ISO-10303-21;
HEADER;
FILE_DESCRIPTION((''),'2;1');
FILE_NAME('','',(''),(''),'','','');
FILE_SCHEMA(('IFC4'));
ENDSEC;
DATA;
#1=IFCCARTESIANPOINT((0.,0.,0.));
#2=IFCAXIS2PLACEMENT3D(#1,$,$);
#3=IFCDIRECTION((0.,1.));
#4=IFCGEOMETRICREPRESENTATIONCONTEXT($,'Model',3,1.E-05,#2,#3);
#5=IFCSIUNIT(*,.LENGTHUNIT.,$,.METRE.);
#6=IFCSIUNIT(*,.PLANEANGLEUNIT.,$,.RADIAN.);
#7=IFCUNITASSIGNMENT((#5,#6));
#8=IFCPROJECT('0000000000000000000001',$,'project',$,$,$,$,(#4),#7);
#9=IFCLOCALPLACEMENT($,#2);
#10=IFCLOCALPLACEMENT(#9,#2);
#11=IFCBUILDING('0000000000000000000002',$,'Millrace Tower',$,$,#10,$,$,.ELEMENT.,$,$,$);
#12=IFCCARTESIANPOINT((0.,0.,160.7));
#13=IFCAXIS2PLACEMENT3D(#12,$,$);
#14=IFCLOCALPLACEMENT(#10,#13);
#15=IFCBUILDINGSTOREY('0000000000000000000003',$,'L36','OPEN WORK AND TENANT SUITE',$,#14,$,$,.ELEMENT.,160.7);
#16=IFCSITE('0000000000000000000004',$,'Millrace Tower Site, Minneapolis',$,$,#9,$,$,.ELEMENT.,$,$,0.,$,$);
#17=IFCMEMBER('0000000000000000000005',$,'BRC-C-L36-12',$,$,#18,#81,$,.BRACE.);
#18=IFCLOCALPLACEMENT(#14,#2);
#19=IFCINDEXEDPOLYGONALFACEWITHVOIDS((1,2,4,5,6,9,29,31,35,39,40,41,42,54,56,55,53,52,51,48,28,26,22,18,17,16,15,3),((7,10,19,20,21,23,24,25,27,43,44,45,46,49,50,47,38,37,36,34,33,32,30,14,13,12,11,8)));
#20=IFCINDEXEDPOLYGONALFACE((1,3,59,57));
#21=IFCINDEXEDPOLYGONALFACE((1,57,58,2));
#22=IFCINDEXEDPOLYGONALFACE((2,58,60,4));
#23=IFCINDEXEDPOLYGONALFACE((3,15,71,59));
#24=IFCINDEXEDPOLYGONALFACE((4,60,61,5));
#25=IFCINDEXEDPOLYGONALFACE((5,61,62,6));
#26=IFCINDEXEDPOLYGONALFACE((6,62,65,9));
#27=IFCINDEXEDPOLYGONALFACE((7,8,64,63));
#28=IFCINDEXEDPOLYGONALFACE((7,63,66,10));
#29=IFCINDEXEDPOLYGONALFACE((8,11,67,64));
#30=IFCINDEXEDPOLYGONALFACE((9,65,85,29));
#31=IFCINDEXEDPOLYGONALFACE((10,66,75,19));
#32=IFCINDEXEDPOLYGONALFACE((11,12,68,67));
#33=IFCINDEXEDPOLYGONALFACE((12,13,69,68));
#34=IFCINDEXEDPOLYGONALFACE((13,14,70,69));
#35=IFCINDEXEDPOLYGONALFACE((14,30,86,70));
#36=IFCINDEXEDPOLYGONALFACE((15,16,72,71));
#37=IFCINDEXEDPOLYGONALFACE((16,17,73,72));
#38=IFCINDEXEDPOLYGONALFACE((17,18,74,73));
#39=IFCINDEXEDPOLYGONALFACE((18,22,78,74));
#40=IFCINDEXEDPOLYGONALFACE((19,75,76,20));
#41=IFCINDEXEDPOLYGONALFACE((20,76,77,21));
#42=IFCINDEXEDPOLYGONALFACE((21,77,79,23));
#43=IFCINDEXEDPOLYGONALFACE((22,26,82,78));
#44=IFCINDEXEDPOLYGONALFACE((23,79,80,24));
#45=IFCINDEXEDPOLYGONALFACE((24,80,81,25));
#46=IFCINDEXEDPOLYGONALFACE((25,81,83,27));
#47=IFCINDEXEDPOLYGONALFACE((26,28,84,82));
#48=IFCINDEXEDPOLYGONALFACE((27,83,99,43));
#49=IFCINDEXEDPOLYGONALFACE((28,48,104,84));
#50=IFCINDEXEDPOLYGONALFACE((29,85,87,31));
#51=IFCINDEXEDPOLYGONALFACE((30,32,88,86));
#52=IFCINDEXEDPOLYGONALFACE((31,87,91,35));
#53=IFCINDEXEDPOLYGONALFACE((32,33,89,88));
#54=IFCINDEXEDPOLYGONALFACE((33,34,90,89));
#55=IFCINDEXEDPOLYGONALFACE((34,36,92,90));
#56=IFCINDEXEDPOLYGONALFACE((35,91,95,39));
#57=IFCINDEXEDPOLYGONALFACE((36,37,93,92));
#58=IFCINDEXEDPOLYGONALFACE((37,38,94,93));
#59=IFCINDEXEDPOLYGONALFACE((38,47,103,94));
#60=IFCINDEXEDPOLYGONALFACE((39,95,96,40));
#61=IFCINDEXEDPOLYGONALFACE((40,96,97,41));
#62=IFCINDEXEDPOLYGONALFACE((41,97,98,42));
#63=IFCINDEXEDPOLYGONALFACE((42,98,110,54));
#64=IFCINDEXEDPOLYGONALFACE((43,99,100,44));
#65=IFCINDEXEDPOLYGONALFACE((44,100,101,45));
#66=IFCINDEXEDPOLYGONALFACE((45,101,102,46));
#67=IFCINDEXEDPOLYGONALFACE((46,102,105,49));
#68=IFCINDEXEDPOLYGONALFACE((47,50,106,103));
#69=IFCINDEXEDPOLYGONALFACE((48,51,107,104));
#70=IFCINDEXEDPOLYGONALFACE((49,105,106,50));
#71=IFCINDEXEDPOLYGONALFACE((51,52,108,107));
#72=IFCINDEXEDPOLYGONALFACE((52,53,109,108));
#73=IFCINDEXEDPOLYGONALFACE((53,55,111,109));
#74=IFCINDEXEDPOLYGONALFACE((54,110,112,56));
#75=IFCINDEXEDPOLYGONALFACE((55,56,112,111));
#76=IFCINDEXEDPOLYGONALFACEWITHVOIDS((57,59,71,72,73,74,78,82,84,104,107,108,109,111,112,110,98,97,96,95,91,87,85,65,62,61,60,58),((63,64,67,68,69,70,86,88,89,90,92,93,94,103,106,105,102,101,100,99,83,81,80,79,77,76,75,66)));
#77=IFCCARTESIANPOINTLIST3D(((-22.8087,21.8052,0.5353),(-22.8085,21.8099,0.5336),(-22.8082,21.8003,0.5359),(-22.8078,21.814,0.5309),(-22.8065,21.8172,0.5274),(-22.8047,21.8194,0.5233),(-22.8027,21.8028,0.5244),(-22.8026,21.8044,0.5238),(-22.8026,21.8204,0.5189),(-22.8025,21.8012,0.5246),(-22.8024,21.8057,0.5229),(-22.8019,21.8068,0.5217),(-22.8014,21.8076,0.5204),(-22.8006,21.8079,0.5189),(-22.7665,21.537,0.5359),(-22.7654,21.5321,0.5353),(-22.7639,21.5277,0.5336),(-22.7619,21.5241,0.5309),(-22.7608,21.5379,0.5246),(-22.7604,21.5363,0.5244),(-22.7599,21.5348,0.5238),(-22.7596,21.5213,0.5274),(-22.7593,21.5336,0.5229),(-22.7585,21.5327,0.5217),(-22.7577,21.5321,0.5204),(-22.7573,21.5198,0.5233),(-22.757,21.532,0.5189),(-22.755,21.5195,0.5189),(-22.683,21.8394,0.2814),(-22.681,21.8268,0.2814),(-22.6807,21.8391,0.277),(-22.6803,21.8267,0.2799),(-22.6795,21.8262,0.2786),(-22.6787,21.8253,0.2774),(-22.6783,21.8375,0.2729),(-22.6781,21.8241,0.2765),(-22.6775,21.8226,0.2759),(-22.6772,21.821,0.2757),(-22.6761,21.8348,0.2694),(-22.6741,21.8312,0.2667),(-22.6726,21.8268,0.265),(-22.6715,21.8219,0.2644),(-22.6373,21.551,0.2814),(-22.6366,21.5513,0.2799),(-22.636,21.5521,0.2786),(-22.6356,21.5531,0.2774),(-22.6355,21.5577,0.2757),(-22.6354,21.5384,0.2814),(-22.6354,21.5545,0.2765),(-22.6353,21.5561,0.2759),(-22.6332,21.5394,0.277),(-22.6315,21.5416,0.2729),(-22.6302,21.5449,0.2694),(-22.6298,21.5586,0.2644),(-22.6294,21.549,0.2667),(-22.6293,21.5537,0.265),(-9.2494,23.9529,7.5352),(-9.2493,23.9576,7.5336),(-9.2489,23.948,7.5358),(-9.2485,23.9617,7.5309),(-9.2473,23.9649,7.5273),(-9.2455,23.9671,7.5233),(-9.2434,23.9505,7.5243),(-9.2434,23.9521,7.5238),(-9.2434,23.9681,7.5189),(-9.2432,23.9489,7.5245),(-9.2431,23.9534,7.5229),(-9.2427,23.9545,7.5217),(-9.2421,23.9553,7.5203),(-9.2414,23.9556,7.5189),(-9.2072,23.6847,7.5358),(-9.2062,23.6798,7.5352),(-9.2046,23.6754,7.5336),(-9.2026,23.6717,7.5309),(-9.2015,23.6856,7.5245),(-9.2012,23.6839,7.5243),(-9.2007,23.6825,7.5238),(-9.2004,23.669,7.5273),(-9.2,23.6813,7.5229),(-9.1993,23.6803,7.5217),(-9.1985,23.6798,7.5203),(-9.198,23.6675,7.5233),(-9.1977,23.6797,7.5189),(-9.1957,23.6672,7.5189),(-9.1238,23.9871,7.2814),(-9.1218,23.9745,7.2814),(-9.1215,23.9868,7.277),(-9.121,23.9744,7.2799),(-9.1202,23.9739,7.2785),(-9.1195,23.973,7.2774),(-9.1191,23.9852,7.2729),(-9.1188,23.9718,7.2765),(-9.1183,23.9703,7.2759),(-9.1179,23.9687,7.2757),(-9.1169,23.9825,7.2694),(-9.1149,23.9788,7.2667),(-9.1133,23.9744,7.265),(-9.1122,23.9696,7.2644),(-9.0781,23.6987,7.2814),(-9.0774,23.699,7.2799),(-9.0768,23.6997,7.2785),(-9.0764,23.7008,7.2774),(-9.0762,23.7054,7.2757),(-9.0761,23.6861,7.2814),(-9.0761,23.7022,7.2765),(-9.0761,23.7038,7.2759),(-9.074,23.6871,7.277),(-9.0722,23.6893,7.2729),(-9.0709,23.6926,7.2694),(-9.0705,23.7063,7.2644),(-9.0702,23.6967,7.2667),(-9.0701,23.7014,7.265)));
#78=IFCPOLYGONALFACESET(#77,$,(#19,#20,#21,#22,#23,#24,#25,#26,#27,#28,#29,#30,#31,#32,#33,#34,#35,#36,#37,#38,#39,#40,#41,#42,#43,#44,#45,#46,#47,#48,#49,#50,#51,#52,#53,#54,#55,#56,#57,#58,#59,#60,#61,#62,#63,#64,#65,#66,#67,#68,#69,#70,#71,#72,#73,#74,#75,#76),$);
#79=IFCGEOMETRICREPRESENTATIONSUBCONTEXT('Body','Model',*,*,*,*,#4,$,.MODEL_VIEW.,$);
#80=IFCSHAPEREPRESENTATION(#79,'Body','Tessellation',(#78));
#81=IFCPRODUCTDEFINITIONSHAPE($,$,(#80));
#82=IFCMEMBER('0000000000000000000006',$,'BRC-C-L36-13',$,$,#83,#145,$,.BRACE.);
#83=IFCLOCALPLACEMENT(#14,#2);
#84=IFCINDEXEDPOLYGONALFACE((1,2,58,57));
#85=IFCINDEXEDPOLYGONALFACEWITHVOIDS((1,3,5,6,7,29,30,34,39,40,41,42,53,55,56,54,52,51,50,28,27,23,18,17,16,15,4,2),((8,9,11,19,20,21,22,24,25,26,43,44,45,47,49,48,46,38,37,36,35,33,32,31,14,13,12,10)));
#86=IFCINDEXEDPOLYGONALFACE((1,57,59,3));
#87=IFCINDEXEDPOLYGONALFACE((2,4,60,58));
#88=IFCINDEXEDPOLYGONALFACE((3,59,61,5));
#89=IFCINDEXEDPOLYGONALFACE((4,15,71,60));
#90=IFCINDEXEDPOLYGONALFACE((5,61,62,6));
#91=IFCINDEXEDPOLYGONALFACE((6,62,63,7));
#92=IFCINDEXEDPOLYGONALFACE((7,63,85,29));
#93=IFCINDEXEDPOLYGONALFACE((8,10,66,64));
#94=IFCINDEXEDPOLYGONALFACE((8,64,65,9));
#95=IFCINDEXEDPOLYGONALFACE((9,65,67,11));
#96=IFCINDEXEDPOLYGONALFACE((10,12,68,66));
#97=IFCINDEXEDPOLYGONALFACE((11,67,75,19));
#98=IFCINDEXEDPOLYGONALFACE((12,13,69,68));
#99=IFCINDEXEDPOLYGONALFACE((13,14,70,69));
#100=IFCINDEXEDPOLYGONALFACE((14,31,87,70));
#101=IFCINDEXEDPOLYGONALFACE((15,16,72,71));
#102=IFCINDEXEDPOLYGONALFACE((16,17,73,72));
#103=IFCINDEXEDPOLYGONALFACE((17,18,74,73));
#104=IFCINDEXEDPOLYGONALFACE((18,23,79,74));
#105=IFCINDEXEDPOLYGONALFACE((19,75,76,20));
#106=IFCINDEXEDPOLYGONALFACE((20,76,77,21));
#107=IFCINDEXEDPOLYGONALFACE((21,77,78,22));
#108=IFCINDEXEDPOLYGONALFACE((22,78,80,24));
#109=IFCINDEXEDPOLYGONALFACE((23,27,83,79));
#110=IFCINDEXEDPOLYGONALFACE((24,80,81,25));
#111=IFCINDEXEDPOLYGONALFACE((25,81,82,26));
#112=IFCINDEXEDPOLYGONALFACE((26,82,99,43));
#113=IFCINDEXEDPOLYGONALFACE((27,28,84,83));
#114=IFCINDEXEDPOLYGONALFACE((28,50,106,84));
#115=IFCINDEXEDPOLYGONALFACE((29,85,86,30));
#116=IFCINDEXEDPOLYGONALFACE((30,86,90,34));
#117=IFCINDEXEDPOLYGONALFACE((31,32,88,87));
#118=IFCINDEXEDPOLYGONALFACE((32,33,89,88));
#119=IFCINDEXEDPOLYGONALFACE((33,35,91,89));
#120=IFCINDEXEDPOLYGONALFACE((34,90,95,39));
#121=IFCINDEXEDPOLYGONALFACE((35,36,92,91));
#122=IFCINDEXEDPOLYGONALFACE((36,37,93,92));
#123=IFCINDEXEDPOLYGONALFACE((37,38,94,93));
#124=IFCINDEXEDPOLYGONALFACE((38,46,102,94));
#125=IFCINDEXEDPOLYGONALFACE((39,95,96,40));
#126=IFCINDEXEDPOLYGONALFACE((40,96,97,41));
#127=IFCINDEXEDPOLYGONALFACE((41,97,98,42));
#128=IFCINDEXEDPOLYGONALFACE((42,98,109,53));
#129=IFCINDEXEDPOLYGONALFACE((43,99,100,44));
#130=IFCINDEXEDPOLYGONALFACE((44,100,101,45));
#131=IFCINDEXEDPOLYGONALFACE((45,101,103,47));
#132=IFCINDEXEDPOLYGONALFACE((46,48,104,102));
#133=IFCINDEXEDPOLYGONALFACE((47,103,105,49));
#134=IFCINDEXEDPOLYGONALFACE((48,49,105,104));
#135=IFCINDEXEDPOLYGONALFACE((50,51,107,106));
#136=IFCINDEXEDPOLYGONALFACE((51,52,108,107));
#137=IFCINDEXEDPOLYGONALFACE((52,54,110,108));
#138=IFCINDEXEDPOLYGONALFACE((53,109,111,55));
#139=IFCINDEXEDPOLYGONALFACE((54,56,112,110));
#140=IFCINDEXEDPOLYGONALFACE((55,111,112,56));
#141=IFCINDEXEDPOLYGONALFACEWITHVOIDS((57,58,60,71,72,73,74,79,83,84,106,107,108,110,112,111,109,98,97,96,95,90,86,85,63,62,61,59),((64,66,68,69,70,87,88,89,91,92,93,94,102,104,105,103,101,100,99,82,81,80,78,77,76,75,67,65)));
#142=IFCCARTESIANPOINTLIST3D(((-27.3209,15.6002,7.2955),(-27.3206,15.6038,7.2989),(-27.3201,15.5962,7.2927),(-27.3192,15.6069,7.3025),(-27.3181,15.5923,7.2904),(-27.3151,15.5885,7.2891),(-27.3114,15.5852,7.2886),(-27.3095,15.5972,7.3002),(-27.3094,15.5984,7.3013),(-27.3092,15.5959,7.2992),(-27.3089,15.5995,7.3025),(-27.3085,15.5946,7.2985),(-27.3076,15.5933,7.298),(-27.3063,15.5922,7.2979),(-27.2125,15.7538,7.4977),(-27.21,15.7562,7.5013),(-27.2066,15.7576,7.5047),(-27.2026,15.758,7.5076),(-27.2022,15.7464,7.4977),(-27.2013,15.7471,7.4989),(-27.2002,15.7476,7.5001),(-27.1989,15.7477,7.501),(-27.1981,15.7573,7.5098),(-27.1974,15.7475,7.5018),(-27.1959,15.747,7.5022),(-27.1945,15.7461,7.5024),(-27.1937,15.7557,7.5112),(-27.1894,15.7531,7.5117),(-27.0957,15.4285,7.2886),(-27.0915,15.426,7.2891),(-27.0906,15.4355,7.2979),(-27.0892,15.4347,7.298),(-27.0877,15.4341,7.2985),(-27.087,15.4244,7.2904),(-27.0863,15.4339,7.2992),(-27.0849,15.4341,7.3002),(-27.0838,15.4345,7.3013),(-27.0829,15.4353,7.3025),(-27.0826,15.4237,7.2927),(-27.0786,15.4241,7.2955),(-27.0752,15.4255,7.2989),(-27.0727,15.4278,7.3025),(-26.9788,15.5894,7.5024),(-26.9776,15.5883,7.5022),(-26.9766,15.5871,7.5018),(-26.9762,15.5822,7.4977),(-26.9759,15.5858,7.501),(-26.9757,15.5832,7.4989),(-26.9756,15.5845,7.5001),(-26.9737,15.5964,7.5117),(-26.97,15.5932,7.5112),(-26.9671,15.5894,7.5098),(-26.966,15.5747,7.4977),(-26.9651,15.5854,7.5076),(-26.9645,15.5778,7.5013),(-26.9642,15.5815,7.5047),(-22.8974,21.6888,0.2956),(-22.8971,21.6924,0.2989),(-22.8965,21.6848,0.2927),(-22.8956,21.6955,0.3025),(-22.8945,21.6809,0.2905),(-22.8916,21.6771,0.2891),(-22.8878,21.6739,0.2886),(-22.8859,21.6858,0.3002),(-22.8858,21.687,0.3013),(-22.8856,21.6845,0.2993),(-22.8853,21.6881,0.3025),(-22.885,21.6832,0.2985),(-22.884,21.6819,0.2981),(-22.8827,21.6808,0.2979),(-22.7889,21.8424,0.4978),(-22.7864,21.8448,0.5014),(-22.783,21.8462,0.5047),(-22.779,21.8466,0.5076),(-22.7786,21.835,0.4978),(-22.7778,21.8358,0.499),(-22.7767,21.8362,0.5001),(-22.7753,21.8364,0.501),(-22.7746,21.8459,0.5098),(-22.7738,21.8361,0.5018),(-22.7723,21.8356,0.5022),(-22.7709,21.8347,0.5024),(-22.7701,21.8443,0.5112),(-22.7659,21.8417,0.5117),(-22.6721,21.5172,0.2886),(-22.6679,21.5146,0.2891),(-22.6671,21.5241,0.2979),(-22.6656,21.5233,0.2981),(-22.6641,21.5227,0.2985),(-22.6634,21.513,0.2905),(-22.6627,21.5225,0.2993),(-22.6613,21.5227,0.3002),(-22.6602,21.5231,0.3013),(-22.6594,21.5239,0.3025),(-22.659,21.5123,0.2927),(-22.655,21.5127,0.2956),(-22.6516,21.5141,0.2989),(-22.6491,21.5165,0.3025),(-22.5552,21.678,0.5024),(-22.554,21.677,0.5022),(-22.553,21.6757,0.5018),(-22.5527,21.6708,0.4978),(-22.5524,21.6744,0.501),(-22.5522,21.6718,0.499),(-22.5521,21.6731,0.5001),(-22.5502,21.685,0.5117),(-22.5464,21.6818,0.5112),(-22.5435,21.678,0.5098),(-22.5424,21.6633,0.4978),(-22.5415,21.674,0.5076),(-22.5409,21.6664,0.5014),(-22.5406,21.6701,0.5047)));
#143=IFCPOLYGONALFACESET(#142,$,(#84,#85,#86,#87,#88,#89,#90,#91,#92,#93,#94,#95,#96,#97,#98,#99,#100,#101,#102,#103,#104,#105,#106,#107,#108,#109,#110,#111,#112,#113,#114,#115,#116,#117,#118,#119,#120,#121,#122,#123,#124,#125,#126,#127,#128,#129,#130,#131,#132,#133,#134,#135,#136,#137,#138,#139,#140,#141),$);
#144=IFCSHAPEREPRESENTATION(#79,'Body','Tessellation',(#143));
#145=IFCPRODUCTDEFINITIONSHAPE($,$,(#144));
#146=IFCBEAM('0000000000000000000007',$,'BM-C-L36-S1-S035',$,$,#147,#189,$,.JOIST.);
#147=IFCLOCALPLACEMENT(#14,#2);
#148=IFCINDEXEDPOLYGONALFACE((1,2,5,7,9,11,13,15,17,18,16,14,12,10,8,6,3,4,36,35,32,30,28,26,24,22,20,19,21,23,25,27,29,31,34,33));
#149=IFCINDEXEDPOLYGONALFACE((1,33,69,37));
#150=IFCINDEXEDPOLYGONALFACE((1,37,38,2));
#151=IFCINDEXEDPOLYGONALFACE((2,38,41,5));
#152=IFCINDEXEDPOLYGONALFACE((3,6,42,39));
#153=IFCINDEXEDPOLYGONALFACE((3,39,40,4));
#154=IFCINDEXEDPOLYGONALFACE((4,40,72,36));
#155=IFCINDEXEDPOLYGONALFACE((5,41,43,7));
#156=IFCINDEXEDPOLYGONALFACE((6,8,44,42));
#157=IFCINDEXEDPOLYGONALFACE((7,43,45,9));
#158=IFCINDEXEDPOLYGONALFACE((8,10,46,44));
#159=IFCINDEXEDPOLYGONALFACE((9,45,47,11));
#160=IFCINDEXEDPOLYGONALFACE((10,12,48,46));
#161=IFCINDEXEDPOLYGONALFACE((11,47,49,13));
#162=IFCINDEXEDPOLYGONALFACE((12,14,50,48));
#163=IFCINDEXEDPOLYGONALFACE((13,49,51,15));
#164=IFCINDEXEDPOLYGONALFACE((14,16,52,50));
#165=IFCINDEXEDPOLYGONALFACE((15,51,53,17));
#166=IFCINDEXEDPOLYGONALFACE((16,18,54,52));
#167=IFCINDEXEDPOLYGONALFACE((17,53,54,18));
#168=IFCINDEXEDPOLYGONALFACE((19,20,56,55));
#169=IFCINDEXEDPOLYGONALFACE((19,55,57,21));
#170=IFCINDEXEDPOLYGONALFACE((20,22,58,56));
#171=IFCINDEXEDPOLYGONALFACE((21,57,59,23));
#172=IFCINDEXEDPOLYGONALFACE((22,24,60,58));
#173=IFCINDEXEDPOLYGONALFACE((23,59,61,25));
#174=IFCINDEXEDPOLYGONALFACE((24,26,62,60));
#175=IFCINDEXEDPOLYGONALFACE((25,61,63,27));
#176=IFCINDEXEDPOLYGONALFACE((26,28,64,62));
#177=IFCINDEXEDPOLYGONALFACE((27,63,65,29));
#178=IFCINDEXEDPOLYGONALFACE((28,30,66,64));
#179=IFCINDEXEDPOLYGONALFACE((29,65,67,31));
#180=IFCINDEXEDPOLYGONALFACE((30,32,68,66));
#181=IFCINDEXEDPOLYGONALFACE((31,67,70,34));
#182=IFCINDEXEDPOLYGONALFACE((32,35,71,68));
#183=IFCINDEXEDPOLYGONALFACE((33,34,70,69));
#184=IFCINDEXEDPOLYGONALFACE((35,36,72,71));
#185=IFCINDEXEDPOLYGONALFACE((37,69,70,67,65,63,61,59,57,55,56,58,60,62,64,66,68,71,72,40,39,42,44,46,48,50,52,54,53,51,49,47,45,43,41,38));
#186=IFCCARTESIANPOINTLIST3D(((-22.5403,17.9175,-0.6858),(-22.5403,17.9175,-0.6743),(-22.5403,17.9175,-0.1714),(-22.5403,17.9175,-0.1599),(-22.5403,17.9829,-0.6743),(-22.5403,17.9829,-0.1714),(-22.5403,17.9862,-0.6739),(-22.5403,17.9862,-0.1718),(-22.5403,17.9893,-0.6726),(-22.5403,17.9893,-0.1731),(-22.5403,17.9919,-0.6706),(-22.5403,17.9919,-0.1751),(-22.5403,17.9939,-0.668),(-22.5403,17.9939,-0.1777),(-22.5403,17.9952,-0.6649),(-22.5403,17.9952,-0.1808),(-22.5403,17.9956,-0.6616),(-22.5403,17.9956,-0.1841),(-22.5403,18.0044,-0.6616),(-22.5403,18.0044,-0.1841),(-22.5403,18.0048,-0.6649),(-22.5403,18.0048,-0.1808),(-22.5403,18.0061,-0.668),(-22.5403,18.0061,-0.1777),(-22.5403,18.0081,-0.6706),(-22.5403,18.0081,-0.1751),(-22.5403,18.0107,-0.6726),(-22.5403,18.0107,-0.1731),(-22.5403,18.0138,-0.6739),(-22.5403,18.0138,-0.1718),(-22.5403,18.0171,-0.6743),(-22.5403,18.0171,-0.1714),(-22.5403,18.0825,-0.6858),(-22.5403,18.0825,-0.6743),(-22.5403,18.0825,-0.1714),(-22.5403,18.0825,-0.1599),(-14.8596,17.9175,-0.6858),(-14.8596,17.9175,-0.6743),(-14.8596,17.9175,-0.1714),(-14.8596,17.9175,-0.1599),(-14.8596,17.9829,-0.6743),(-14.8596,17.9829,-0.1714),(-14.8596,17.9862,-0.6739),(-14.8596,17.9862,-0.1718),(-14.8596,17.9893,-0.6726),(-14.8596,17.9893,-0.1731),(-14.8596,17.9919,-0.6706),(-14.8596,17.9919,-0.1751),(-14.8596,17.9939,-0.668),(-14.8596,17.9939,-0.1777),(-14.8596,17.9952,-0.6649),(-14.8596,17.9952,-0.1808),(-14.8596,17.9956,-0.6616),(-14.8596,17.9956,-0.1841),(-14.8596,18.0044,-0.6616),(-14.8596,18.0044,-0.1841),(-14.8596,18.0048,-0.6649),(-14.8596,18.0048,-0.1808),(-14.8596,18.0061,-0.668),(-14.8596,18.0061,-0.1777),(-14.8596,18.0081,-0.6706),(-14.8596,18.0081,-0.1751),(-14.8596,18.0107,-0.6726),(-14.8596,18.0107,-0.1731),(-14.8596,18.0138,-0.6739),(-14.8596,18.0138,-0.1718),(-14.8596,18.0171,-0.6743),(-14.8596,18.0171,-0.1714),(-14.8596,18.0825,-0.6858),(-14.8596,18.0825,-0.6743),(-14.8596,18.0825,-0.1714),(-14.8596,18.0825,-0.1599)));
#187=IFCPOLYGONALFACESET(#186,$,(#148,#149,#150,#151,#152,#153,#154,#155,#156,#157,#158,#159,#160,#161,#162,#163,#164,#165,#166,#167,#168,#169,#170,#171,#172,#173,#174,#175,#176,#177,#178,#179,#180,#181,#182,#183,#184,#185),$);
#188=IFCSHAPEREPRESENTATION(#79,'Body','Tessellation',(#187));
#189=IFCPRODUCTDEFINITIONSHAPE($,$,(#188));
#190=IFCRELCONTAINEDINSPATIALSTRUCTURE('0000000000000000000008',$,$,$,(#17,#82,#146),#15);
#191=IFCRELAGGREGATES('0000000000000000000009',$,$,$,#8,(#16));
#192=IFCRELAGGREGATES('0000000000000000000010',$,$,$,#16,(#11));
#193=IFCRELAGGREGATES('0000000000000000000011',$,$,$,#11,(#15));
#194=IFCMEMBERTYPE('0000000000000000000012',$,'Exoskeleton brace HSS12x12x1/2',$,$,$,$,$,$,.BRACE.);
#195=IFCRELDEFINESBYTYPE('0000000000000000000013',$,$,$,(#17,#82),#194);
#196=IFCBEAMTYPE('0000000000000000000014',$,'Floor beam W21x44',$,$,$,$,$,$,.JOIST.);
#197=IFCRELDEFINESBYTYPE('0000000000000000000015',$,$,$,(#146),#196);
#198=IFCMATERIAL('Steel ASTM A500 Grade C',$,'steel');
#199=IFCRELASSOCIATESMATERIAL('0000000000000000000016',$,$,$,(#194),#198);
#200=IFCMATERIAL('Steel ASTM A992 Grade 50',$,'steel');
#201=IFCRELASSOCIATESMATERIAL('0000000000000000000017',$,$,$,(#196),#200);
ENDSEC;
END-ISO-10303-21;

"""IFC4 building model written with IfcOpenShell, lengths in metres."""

from ifc_helpers import new_model, si_unit, direction, frame, origin, origin_2d, place, context, subcontext, project, spatial, hollow_rectangle, i_section, extrude, material, material_profile, profile_set, type_object, element, save


model = new_model("IFC4")

# Units and contexts
model_context = context("Model", 3, precision=1e-05, world=origin(), true_north=direction((0.0, 1.0)))
body_context = subcontext(model_context, "Body", "Model", "MODEL_VIEW")
ifc_project = project(units=[si_unit("LENGTHUNIT", "METRE"), si_unit("PLANEANGLEUNIT", "RADIAN")], contexts=[model_context])

# Site, building, storey
site_placement = place(None, origin())
site = spatial("IfcSite", under=ifc_project, at=site_placement, Name="Millrace Tower Site, Minneapolis", CompositionType="ELEMENT", RefElevation=0.0)
building_placement = place(site_placement, origin())
building = spatial("IfcBuilding", under=site, at=building_placement, Name="Millrace Tower", CompositionType="ELEMENT")
storey_placement = place(building_placement, frame((0.0, 0.0, 160.7)))
storey = spatial("IfcBuildingStorey", under=building, at=storey_placement, Name="L36", Description="OPEN WORK AND TENANT SUITE", CompositionType="ELEMENT", Elevation=160.7)

# Members
ifc_material_1 = material(Name="Steel ASTM A500 Grade C", Category="steel")
ifc_material_profile_1 = material_profile(ifc_material_1, hollow_rectangle(XDim=0.3047, YDim=0.3047, WallThickness=0.0127, InnerFilletRadius=0.0063, OuterFilletRadius=0.019, at=origin_2d()))
ifc_profile_set_1 = profile_set([ifc_material_profile_1], Name="Steel ASTM A500 Grade C")
member_type_1 = type_object("IfcMemberType", Name="Exoskeleton brace HSS12x12x1/2", PredefinedType="BRACE", material=ifc_profile_set_1)
member_1_placement = place(storey_placement, frame((-22.719, 21.6794, 0.4001), z_axis=(0.879905, 0.139371, 0.454251), x_axis=(-0.156443, 0.987687, 0.0)))
element("IfcMember", 1, at=member_1_placement, inside=storey, type_object=member_type_1, Name="BRC-C-L36-12", PredefinedType="BRACE", context=body_context, shape_type="SweptSolid", body=[
    extrude(hollow_rectangle(XDim=0.3047, YDim=0.3047, WallThickness=0.0127, InnerFilletRadius=0.0063, OuterFilletRadius=0.019, at=origin_2d()), origin(), (0.0, 0.0, 1.0), 15.4099),
])
member_2_placement = place(storey_placement, frame((-22.719, 21.6794, 0.4001), z_axis=(-0.430389, -0.592388, 0.681059), x_axis=(0.809021, -0.58778, 0.0)))
element("IfcMember", 2, at=member_2_placement, inside=storey, type_object=member_type_1, Name="BRC-C-L36-13", PredefinedType="BRACE", context=body_context, shape_type="SweptSolid", body=[
    extrude(hollow_rectangle(XDim=0.3047, YDim=0.3047, WallThickness=0.0127, InnerFilletRadius=0.0063, OuterFilletRadius=0.019, at=origin_2d()), origin(), (0.0, 0.0, 1.0), 10.2781),
])

# Beam
ifc_material_2 = material(Name="Steel ASTM A992 Grade 50", Category="steel")
ifc_material_profile_2 = material_profile(ifc_material_2, i_section(OverallWidth=0.165, OverallDepth=0.5259, WebThickness=0.0088, FlangeThickness=0.0115, FilletRadius=0.0127, at=origin_2d()))
ifc_profile_set_2 = profile_set([ifc_material_profile_2], Name="Steel ASTM A992 Grade 50")
beam_type_1 = type_object("IfcBeamType", Name="Floor beam W21x44", PredefinedType="JOIST", material=ifc_profile_set_2)
beam_1_placement = place(storey_placement, frame((-22.5403, 18.0, -0.4229), z_axis=(1.0, 0.0, 0.0), x_axis=(0.0, 1.0, 0.0)))
element("IfcBeam", 3, at=beam_1_placement, inside=storey, type_object=beam_type_1, Name="BM-C-L36-S1-S035", PredefinedType="JOIST", context=body_context, shape_type="SweptSolid", body=[
    extrude(i_section(OverallWidth=0.165, OverallDepth=0.5259, WebThickness=0.0088, FlangeThickness=0.0115, FilletRadius=0.0127, at=origin_2d()), origin(), (0.0, 0.0, 1.0), 7.6807),
])

save(model, "model.ifc")
